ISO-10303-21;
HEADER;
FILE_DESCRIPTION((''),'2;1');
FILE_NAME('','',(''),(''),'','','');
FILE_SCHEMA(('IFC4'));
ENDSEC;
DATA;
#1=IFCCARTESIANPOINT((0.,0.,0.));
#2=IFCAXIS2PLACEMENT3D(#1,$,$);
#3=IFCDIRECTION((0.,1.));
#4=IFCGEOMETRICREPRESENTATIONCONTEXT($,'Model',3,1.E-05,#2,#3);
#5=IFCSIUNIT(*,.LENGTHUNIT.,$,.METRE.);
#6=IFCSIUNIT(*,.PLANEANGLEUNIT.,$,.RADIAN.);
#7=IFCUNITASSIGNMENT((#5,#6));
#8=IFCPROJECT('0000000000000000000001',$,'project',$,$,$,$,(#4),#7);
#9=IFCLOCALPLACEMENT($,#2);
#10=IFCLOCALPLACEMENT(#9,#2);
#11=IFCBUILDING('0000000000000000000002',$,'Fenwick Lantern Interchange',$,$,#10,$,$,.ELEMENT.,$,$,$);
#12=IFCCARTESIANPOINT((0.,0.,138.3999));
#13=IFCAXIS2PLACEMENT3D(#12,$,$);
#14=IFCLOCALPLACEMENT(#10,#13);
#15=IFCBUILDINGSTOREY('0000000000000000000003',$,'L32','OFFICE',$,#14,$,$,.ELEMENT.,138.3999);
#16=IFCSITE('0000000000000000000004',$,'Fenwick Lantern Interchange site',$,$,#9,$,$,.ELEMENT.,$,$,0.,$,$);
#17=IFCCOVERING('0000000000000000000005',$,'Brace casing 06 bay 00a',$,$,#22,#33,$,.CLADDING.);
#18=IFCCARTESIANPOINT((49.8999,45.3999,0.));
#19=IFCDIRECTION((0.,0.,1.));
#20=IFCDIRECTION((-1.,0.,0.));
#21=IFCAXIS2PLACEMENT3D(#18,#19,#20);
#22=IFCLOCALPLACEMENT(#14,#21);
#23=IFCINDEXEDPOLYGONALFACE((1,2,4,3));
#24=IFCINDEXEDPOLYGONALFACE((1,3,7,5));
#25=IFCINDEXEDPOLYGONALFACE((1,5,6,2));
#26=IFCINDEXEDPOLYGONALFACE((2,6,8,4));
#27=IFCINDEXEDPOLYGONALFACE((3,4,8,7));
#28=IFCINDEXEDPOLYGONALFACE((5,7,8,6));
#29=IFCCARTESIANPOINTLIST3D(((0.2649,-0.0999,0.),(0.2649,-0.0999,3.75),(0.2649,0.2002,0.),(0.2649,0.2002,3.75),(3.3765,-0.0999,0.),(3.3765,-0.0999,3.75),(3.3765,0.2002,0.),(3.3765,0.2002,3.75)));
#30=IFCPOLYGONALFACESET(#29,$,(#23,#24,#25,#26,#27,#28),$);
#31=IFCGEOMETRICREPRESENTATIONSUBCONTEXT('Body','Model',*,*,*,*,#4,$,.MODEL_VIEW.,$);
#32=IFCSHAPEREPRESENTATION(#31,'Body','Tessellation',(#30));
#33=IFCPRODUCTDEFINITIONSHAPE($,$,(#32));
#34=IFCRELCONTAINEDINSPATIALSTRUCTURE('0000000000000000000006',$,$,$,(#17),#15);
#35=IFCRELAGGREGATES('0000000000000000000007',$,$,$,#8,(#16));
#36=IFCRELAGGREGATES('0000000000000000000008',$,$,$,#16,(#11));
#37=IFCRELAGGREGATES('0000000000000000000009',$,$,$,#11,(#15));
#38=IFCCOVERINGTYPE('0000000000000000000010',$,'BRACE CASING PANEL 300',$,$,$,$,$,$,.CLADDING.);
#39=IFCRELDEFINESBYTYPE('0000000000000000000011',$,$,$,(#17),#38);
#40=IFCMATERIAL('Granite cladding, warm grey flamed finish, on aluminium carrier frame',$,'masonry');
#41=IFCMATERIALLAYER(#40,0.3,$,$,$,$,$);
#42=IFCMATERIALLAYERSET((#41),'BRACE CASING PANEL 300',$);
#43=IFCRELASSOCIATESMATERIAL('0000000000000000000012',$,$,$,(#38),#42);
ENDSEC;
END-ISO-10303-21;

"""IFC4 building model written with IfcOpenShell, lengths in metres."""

from ifc_helpers import new_model, si_unit, direction, frame, origin, place, context, subcontext, project, spatial, polyline, outline, extrude, material, layer, layer_set, type_object, element, save


model = new_model("IFC4")

# Units and contexts
model_context = context("Model", 3, precision=1e-05, world=origin(), true_north=direction((0.0, 1.0)))
body_context = subcontext(model_context, "Body", "Model", "MODEL_VIEW")
ifc_project = project(units=[si_unit("LENGTHUNIT", "METRE"), si_unit("PLANEANGLEUNIT", "RADIAN")], contexts=[model_context])

# Site, building, storey
site_placement = place(None, origin())
site = spatial("IfcSite", under=ifc_project, at=site_placement, Name="Fenwick Lantern Interchange site", CompositionType="ELEMENT", RefElevation=0.0)
building_placement = place(site_placement, origin())
building = spatial("IfcBuilding", under=site, at=building_placement, Name="Fenwick Lantern Interchange", CompositionType="ELEMENT")
storey_placement = place(building_placement, frame((0.0, 0.0, 138.3999)))
storey = spatial("IfcBuildingStorey", under=building, at=storey_placement, Name="L32", Description="OFFICE", CompositionType="ELEMENT", Elevation=138.3999)

# Covering
ifc_material_1 = material(Name="Granite cladding, warm grey flamed finish, on aluminium carrier frame", Category="masonry")
ifc_layer_1 = layer(ifc_material_1, 0.3)
ifc_layer_set_1 = layer_set([ifc_layer_1], Name="BRACE CASING PANEL 300")
covering_type = type_object("IfcCoveringType", Name="BRACE CASING PANEL 300", PredefinedType="CLADDING", material=ifc_layer_set_1)
covering_placement = place(storey_placement, frame((49.8999, 45.3999, 0.0), z_axis=(0.0, 0.0, 1.0), x_axis=(-1.0, 0.0, 0.0)))
element("IfcCovering", 1, at=covering_placement, inside=storey, type_object=covering_type, Name="Brace casing 06 bay 00a", PredefinedType="CLADDING", context=body_context, shape_type="SweptSolid", body=[
    extrude(outline(polyline([(0.2649, 0.0), (3.3765, 0.0), (3.3765, 3.75), (0.2649, 3.75), (0.2649, 0.0)])), frame((0.0, 0.2002, 0.0), z_axis=(0.0, -1.0, 0.0), x_axis=(1.0, 0.0, 0.0)), (0.0, 0.0, 1.0), 0.3),
])

save(model, "model.ifc")
